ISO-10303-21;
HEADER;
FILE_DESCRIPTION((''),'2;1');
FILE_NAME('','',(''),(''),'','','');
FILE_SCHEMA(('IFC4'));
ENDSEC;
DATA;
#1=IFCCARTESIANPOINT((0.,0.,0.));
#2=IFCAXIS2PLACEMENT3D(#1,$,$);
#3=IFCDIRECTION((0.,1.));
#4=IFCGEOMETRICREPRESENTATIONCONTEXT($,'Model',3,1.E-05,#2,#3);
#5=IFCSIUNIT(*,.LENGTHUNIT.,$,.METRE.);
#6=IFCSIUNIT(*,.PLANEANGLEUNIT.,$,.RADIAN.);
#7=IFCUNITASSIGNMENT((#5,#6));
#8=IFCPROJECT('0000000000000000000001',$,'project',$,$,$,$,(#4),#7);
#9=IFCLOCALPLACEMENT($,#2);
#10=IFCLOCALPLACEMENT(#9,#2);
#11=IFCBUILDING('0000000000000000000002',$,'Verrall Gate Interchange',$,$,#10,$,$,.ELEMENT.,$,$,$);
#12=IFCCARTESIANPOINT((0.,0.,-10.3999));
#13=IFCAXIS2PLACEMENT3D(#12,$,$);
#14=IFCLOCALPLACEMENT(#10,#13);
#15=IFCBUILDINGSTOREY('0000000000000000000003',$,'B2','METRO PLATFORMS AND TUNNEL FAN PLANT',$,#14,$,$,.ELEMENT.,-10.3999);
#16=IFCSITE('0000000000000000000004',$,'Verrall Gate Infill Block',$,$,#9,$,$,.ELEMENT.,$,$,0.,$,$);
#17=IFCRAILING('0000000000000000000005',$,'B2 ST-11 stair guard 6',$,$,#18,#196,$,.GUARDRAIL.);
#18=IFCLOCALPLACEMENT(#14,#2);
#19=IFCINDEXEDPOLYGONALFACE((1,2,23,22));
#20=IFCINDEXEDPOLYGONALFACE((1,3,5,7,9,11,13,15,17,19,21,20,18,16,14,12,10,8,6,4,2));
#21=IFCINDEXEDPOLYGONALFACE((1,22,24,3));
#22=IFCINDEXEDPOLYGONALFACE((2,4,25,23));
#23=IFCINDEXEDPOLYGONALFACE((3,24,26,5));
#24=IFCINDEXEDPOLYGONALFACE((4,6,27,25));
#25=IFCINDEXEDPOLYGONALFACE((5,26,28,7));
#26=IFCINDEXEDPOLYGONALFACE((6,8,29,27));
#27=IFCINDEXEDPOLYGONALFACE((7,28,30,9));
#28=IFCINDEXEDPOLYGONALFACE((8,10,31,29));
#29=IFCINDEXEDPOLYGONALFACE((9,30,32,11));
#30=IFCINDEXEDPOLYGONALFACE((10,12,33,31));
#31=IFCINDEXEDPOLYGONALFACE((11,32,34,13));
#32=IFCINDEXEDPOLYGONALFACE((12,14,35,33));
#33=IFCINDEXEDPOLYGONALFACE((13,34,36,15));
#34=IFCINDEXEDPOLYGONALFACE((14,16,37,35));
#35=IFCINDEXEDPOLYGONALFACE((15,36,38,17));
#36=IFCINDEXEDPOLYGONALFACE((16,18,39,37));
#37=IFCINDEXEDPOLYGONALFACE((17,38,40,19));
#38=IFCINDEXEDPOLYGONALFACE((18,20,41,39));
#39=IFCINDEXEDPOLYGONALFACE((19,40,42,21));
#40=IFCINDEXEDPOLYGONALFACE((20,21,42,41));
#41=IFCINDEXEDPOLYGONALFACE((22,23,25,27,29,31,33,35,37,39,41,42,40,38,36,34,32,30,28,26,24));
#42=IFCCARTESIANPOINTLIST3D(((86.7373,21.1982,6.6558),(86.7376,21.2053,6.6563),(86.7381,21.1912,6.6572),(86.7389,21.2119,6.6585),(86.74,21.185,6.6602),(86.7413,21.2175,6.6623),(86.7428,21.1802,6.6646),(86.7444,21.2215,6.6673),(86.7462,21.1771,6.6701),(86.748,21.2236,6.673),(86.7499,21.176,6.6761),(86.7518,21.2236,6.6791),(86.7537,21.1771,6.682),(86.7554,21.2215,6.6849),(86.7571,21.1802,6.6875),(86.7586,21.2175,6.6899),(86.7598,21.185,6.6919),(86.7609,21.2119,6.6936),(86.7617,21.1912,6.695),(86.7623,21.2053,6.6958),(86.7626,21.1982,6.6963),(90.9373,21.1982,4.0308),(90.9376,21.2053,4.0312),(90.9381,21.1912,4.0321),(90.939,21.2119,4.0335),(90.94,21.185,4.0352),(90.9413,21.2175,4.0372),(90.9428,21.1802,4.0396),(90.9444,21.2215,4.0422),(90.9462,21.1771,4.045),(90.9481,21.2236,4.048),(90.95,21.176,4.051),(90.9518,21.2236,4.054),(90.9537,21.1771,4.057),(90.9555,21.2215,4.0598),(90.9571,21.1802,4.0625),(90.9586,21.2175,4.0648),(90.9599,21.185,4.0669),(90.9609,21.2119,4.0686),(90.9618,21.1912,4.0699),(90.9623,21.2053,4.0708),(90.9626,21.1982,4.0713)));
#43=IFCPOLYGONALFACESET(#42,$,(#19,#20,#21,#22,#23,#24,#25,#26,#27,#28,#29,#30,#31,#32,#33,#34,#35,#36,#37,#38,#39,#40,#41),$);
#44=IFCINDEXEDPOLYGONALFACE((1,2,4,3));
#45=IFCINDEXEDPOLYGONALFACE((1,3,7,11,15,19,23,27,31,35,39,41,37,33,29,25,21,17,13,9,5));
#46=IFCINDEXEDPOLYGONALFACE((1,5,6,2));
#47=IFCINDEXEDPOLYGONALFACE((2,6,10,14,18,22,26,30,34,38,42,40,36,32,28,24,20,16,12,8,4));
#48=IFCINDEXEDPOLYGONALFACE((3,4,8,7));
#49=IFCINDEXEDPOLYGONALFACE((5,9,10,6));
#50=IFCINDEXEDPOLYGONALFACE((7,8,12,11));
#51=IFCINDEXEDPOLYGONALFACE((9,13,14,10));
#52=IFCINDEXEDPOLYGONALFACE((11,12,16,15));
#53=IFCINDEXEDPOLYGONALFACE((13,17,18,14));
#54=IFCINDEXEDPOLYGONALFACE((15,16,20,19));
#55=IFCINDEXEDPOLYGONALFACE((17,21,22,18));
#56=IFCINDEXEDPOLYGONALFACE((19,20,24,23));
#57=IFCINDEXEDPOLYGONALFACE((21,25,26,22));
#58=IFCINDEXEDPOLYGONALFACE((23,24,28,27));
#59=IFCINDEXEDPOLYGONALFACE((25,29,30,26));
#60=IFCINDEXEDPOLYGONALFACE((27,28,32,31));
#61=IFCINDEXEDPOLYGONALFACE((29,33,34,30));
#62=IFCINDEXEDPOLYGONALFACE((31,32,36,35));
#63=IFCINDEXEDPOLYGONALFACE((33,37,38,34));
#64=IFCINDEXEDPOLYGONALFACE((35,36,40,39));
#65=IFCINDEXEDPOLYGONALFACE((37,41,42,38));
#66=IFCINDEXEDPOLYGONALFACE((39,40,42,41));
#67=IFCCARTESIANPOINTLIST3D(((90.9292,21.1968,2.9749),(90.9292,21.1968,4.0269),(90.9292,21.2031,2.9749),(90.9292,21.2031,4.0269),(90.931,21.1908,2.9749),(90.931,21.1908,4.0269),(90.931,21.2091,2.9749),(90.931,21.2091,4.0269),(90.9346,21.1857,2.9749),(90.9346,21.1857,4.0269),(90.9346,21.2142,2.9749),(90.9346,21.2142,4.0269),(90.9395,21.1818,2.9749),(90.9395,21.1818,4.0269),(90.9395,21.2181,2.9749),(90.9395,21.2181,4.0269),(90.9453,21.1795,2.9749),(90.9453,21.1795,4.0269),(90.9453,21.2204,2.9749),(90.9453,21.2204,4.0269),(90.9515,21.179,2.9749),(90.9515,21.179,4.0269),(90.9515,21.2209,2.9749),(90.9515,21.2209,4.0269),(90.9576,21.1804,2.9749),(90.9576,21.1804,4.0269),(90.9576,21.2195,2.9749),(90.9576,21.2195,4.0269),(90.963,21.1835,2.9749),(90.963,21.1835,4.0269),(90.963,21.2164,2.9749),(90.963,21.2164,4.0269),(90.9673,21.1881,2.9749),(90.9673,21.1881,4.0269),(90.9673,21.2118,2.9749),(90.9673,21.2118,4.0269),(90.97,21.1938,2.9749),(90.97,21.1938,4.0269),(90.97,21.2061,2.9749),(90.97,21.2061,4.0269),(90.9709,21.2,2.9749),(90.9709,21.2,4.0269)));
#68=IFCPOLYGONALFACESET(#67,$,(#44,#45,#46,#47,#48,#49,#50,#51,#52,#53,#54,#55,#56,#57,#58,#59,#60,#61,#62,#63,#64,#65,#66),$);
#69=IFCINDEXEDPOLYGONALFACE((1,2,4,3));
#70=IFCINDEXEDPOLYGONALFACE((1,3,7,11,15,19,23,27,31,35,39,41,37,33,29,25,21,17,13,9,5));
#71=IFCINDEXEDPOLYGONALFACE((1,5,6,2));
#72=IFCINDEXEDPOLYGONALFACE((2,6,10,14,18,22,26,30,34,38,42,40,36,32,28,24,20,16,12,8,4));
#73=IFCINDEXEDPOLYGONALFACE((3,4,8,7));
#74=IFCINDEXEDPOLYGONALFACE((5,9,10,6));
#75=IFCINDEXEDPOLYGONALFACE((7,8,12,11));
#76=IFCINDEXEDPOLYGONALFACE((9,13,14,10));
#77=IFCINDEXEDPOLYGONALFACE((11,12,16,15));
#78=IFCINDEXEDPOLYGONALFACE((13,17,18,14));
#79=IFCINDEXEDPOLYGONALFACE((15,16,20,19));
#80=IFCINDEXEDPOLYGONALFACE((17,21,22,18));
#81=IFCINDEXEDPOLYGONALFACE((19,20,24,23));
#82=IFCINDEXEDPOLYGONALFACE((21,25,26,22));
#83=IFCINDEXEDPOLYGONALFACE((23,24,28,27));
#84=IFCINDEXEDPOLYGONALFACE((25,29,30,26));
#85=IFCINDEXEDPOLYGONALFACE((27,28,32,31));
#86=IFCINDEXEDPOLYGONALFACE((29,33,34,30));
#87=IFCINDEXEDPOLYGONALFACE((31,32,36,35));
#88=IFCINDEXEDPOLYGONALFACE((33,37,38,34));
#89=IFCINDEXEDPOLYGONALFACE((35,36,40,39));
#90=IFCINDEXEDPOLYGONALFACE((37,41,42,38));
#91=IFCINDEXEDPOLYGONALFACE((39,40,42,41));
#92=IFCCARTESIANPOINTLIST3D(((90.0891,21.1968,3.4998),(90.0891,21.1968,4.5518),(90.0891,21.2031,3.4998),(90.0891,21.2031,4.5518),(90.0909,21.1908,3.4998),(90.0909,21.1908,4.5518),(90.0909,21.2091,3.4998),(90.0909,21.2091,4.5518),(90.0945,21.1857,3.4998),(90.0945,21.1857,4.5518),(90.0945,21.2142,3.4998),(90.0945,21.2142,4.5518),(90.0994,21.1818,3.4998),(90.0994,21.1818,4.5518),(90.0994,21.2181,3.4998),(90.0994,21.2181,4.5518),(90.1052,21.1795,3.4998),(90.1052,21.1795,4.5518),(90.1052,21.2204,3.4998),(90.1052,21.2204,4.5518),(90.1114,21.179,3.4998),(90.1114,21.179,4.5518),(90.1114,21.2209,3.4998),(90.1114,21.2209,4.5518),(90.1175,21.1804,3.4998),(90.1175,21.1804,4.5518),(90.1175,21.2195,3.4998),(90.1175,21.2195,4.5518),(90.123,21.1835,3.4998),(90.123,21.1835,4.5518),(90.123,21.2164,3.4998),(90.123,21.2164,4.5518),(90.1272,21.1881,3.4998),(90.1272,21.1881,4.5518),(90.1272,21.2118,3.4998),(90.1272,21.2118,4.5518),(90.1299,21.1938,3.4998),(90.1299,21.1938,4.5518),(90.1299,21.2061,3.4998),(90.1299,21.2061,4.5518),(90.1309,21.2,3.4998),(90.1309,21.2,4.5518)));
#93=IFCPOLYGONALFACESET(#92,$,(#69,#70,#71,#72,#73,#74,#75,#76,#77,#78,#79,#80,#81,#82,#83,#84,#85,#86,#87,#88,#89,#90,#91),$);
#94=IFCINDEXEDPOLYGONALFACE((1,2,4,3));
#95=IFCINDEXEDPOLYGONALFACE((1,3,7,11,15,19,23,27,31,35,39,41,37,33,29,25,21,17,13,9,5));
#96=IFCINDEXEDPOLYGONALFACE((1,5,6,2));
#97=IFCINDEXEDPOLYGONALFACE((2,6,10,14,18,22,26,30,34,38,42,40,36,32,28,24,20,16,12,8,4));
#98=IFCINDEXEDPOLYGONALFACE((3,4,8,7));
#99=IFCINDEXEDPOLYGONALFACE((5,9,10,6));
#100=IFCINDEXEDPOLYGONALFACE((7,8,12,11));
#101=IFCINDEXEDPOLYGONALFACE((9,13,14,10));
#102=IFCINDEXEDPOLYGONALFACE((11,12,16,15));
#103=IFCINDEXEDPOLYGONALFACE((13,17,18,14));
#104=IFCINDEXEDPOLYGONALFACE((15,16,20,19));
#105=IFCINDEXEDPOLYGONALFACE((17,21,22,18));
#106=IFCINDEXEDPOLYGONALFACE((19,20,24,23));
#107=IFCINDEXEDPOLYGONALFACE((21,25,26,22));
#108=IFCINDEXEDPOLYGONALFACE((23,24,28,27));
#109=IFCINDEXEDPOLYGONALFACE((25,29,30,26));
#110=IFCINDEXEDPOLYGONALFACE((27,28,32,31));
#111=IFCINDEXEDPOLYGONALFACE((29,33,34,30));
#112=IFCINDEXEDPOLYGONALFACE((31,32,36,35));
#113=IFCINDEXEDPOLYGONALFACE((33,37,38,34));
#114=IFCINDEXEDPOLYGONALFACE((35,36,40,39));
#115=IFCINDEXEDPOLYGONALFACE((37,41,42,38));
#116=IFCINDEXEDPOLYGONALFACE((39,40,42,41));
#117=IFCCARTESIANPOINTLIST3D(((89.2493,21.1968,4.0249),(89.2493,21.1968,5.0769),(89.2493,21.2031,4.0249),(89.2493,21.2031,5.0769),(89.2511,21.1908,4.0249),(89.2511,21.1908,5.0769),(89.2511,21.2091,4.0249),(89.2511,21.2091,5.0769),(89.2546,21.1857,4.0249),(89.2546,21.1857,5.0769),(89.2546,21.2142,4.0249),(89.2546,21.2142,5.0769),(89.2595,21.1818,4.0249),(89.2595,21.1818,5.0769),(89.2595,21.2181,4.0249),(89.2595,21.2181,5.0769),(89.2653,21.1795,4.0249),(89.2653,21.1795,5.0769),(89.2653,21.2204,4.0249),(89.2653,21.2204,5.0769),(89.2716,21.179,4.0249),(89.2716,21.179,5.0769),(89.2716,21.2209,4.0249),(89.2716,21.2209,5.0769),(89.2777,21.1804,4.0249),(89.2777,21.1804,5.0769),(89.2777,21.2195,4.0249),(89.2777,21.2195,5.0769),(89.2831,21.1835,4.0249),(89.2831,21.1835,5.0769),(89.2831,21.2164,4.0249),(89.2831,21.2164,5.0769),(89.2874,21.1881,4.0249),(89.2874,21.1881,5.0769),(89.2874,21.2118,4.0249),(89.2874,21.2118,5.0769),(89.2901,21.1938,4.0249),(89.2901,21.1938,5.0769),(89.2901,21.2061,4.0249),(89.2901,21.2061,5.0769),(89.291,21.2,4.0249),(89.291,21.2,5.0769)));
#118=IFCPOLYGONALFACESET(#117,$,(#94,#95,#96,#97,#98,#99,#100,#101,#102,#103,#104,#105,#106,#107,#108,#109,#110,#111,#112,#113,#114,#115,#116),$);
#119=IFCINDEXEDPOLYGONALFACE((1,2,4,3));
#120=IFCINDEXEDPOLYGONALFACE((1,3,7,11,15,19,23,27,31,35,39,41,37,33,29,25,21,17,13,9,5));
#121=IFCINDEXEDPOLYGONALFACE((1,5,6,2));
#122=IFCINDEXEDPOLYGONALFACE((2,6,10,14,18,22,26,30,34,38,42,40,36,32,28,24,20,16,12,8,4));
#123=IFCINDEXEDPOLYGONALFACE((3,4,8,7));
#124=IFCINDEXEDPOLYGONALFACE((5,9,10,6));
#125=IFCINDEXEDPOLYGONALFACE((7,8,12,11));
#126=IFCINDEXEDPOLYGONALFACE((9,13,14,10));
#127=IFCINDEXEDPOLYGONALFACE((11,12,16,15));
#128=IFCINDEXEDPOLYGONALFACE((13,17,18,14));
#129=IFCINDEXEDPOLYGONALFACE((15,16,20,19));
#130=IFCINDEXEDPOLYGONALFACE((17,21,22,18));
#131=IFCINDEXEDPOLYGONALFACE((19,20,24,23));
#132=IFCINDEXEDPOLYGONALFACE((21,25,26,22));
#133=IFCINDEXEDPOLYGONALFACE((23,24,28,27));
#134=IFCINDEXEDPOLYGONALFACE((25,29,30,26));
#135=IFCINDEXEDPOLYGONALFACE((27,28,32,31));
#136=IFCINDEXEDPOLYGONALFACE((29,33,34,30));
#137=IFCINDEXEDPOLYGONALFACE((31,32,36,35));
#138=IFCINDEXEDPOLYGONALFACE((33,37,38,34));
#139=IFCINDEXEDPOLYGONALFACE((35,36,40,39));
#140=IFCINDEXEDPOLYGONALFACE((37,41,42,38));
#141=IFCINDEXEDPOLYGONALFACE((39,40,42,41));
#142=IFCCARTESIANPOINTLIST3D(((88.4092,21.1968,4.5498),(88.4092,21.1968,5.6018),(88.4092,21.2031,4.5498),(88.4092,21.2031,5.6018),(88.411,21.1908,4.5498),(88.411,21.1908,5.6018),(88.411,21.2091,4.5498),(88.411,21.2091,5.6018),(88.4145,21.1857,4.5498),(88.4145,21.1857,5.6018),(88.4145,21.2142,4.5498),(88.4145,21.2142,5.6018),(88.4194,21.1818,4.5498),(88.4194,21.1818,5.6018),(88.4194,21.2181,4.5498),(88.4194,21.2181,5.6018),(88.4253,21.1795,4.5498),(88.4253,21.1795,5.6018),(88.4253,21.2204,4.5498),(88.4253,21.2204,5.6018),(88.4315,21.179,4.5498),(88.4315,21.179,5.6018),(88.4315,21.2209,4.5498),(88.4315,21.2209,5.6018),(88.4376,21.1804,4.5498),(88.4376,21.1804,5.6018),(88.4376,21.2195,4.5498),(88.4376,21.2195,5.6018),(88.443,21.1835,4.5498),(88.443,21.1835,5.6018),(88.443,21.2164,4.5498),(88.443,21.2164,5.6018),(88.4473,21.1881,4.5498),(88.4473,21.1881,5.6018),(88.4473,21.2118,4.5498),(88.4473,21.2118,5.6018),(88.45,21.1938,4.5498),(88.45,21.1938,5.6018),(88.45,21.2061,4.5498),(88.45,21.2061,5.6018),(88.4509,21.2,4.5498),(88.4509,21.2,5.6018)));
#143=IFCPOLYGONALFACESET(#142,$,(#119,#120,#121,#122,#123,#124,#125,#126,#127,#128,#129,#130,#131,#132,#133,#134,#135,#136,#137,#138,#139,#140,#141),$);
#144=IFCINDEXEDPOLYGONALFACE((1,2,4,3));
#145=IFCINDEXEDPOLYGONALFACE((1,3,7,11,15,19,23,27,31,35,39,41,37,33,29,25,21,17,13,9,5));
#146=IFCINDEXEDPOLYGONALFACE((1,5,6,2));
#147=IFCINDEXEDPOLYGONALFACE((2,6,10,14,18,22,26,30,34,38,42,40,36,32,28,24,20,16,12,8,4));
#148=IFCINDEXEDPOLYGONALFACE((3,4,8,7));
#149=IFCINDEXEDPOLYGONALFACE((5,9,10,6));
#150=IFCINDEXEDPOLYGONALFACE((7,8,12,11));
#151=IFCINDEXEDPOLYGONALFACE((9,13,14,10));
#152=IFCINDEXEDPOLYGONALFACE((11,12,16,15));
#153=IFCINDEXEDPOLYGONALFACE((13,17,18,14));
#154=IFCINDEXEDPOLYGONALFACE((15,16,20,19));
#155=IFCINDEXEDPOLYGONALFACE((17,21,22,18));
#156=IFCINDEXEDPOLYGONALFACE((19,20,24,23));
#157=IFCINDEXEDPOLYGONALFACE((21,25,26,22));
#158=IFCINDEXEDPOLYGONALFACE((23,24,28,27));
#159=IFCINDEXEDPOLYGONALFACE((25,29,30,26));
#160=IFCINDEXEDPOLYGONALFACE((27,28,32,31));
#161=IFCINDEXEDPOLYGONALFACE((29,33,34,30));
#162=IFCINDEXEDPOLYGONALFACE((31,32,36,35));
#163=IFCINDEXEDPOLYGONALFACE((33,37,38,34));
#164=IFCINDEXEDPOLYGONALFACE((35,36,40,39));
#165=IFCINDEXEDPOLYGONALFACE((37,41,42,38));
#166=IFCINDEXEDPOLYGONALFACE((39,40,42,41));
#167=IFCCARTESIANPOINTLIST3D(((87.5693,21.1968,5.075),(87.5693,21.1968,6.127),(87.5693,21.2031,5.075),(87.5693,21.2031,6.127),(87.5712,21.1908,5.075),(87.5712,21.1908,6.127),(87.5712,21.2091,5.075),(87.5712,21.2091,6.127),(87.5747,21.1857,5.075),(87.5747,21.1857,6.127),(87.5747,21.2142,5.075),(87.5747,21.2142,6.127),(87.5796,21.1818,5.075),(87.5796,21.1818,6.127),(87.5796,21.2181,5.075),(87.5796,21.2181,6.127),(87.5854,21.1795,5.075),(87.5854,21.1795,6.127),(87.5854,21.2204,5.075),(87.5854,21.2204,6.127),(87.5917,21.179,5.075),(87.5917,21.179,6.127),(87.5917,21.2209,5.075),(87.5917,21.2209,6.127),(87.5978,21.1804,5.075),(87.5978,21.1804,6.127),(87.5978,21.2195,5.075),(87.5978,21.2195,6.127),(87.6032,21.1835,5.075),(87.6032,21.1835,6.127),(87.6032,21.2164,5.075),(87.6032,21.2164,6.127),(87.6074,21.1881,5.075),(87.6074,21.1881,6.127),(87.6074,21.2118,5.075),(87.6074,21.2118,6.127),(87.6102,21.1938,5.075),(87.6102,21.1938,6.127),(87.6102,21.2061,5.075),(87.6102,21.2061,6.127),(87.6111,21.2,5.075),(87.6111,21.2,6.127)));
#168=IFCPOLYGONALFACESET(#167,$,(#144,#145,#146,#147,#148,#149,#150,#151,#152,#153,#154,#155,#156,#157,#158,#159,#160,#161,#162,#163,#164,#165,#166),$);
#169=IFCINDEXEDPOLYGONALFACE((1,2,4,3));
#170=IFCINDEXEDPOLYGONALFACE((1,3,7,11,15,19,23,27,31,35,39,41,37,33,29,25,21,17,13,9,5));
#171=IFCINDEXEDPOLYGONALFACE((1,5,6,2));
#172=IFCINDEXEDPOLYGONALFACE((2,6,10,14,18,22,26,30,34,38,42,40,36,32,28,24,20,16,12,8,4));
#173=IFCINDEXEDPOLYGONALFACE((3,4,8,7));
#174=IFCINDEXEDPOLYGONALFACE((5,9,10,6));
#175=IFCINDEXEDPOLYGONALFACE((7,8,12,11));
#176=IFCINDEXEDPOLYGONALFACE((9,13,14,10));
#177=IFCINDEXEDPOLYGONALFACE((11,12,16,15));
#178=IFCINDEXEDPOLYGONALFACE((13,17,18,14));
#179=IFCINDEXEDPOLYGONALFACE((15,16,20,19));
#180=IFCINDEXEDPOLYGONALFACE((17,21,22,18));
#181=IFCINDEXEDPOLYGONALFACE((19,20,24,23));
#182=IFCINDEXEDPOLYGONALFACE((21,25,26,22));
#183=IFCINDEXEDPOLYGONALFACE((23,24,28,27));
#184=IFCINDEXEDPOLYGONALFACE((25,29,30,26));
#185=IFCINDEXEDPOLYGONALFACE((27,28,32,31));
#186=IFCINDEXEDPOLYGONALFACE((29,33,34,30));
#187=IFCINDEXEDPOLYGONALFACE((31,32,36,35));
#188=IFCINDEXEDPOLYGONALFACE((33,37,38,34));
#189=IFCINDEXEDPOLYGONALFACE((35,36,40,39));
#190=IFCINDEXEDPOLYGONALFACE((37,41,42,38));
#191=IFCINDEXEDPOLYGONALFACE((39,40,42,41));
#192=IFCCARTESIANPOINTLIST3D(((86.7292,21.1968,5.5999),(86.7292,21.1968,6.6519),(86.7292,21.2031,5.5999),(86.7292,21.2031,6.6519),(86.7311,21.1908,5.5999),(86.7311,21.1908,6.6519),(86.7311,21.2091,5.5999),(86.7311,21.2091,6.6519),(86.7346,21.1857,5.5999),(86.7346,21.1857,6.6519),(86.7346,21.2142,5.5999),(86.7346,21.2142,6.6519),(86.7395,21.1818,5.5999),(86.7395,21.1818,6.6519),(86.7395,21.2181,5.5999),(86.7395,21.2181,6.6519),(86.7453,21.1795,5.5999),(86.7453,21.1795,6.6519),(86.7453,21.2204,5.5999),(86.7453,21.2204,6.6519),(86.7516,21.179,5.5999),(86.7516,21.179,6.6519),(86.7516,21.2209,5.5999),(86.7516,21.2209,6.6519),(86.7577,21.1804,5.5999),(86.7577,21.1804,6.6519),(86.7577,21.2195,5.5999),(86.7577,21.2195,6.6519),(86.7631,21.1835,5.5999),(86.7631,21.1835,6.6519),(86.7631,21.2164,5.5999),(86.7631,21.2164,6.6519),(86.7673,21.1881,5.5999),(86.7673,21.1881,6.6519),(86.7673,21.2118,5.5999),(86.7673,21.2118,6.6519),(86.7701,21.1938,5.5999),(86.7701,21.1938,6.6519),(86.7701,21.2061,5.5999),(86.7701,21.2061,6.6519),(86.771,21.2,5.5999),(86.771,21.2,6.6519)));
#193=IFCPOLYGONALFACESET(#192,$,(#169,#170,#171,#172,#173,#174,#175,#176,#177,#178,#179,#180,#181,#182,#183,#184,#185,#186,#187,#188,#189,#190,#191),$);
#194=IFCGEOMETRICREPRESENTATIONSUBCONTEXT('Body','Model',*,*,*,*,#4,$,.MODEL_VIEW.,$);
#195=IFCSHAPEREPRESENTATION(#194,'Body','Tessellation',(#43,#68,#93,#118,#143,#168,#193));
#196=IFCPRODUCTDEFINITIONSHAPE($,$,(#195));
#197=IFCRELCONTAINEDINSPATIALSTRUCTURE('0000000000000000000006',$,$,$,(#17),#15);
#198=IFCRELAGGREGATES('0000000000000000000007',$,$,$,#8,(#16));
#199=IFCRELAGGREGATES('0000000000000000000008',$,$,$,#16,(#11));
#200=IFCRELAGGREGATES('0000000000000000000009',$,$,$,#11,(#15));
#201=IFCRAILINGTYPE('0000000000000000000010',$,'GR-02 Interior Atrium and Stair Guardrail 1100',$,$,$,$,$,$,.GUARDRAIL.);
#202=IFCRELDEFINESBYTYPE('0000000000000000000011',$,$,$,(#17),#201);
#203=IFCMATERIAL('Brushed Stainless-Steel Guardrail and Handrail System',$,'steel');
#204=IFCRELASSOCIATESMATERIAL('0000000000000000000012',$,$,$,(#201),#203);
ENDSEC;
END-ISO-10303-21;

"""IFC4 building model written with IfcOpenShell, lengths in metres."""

from ifc_helpers import new_model, si_unit, direction, frame, origin, origin_2d, place, context, subcontext, project, spatial, circle, extrude, material, type_object, element, save


model = new_model("IFC4")

# Units and contexts
model_context = context("Model", 3, precision=1e-05, world=origin(), true_north=direction((0.0, 1.0)))
body_context = subcontext(model_context, "Body", "Model", "MODEL_VIEW")
ifc_project = project(units=[si_unit("LENGTHUNIT", "METRE"), si_unit("PLANEANGLEUNIT", "RADIAN")], contexts=[model_context])

# Site, building, storey
site_placement = place(None, origin())
site = spatial("IfcSite", under=ifc_project, at=site_placement, Name="Verrall Gate Infill Block", CompositionType="ELEMENT", RefElevation=0.0)
building_placement = place(site_placement, origin())
building = spatial("IfcBuilding", under=site, at=building_placement, Name="Verrall Gate Interchange", CompositionType="ELEMENT")
storey_placement = place(building_placement, frame((0.0, 0.0, -10.3999)))
storey = spatial("IfcBuildingStorey", under=building, at=storey_placement, Name="B2", Description="METRO PLATFORMS AND TUNNEL FAN PLANT", CompositionType="ELEMENT", Elevation=-10.3999)

# Railing
ifc_material_1 = material(Name="Brushed Stainless-Steel Guardrail and Handrail System", Category="steel")
railing_type_1 = type_object("IfcRailingType", Name="GR-02 Interior Atrium and Stair Guardrail 1100", PredefinedType="GUARDRAIL", material=ifc_material_1)
railing_1_placement = place(storey_placement, frame((90.95, 21.2, 2.9749)))
element("IfcRailing", 1, at=railing_1_placement, inside=storey, type_object=railing_type_1, Name="B2 ST-11 stair guard 6", PredefinedType="GUARDRAIL", context=body_context, shape_type="SweptSolid", body=[
    extrude(circle(Radius=0.0239, at=origin_2d()), frame((0.0, 0.0, 1.0762), z_axis=(-0.847996, 0.0, 0.530003), x_axis=(0.0, -1.0, 0.0)), (0.0, 0.0, 1.0), 4.9529),
    extrude(circle(Radius=0.021, at=origin_2d()), origin(), (0.0, 0.0, 1.0), 1.052),
    extrude(circle(Radius=0.021, at=origin_2d()), frame((-0.8401, 0.0, 0.5249)), (0.0, 0.0, 1.0), 1.052),
    extrude(circle(Radius=0.021, at=origin_2d()), frame((-1.6799, 0.0, 1.05)), (0.0, 0.0, 1.0), 1.052),
    extrude(circle(Radius=0.021, at=origin_2d()), frame((-2.52, 0.0, 1.575)), (0.0, 0.0, 1.0), 1.052),
    extrude(circle(Radius=0.021, at=origin_2d()), frame((-3.3599, 0.0, 2.1001)), (0.0, 0.0, 1.0), 1.052),
    extrude(circle(Radius=0.021, at=origin_2d()), frame((-4.2, 0.0, 2.625)), (0.0, 0.0, 1.0), 1.052),
])

save(model, "model.ifc")
